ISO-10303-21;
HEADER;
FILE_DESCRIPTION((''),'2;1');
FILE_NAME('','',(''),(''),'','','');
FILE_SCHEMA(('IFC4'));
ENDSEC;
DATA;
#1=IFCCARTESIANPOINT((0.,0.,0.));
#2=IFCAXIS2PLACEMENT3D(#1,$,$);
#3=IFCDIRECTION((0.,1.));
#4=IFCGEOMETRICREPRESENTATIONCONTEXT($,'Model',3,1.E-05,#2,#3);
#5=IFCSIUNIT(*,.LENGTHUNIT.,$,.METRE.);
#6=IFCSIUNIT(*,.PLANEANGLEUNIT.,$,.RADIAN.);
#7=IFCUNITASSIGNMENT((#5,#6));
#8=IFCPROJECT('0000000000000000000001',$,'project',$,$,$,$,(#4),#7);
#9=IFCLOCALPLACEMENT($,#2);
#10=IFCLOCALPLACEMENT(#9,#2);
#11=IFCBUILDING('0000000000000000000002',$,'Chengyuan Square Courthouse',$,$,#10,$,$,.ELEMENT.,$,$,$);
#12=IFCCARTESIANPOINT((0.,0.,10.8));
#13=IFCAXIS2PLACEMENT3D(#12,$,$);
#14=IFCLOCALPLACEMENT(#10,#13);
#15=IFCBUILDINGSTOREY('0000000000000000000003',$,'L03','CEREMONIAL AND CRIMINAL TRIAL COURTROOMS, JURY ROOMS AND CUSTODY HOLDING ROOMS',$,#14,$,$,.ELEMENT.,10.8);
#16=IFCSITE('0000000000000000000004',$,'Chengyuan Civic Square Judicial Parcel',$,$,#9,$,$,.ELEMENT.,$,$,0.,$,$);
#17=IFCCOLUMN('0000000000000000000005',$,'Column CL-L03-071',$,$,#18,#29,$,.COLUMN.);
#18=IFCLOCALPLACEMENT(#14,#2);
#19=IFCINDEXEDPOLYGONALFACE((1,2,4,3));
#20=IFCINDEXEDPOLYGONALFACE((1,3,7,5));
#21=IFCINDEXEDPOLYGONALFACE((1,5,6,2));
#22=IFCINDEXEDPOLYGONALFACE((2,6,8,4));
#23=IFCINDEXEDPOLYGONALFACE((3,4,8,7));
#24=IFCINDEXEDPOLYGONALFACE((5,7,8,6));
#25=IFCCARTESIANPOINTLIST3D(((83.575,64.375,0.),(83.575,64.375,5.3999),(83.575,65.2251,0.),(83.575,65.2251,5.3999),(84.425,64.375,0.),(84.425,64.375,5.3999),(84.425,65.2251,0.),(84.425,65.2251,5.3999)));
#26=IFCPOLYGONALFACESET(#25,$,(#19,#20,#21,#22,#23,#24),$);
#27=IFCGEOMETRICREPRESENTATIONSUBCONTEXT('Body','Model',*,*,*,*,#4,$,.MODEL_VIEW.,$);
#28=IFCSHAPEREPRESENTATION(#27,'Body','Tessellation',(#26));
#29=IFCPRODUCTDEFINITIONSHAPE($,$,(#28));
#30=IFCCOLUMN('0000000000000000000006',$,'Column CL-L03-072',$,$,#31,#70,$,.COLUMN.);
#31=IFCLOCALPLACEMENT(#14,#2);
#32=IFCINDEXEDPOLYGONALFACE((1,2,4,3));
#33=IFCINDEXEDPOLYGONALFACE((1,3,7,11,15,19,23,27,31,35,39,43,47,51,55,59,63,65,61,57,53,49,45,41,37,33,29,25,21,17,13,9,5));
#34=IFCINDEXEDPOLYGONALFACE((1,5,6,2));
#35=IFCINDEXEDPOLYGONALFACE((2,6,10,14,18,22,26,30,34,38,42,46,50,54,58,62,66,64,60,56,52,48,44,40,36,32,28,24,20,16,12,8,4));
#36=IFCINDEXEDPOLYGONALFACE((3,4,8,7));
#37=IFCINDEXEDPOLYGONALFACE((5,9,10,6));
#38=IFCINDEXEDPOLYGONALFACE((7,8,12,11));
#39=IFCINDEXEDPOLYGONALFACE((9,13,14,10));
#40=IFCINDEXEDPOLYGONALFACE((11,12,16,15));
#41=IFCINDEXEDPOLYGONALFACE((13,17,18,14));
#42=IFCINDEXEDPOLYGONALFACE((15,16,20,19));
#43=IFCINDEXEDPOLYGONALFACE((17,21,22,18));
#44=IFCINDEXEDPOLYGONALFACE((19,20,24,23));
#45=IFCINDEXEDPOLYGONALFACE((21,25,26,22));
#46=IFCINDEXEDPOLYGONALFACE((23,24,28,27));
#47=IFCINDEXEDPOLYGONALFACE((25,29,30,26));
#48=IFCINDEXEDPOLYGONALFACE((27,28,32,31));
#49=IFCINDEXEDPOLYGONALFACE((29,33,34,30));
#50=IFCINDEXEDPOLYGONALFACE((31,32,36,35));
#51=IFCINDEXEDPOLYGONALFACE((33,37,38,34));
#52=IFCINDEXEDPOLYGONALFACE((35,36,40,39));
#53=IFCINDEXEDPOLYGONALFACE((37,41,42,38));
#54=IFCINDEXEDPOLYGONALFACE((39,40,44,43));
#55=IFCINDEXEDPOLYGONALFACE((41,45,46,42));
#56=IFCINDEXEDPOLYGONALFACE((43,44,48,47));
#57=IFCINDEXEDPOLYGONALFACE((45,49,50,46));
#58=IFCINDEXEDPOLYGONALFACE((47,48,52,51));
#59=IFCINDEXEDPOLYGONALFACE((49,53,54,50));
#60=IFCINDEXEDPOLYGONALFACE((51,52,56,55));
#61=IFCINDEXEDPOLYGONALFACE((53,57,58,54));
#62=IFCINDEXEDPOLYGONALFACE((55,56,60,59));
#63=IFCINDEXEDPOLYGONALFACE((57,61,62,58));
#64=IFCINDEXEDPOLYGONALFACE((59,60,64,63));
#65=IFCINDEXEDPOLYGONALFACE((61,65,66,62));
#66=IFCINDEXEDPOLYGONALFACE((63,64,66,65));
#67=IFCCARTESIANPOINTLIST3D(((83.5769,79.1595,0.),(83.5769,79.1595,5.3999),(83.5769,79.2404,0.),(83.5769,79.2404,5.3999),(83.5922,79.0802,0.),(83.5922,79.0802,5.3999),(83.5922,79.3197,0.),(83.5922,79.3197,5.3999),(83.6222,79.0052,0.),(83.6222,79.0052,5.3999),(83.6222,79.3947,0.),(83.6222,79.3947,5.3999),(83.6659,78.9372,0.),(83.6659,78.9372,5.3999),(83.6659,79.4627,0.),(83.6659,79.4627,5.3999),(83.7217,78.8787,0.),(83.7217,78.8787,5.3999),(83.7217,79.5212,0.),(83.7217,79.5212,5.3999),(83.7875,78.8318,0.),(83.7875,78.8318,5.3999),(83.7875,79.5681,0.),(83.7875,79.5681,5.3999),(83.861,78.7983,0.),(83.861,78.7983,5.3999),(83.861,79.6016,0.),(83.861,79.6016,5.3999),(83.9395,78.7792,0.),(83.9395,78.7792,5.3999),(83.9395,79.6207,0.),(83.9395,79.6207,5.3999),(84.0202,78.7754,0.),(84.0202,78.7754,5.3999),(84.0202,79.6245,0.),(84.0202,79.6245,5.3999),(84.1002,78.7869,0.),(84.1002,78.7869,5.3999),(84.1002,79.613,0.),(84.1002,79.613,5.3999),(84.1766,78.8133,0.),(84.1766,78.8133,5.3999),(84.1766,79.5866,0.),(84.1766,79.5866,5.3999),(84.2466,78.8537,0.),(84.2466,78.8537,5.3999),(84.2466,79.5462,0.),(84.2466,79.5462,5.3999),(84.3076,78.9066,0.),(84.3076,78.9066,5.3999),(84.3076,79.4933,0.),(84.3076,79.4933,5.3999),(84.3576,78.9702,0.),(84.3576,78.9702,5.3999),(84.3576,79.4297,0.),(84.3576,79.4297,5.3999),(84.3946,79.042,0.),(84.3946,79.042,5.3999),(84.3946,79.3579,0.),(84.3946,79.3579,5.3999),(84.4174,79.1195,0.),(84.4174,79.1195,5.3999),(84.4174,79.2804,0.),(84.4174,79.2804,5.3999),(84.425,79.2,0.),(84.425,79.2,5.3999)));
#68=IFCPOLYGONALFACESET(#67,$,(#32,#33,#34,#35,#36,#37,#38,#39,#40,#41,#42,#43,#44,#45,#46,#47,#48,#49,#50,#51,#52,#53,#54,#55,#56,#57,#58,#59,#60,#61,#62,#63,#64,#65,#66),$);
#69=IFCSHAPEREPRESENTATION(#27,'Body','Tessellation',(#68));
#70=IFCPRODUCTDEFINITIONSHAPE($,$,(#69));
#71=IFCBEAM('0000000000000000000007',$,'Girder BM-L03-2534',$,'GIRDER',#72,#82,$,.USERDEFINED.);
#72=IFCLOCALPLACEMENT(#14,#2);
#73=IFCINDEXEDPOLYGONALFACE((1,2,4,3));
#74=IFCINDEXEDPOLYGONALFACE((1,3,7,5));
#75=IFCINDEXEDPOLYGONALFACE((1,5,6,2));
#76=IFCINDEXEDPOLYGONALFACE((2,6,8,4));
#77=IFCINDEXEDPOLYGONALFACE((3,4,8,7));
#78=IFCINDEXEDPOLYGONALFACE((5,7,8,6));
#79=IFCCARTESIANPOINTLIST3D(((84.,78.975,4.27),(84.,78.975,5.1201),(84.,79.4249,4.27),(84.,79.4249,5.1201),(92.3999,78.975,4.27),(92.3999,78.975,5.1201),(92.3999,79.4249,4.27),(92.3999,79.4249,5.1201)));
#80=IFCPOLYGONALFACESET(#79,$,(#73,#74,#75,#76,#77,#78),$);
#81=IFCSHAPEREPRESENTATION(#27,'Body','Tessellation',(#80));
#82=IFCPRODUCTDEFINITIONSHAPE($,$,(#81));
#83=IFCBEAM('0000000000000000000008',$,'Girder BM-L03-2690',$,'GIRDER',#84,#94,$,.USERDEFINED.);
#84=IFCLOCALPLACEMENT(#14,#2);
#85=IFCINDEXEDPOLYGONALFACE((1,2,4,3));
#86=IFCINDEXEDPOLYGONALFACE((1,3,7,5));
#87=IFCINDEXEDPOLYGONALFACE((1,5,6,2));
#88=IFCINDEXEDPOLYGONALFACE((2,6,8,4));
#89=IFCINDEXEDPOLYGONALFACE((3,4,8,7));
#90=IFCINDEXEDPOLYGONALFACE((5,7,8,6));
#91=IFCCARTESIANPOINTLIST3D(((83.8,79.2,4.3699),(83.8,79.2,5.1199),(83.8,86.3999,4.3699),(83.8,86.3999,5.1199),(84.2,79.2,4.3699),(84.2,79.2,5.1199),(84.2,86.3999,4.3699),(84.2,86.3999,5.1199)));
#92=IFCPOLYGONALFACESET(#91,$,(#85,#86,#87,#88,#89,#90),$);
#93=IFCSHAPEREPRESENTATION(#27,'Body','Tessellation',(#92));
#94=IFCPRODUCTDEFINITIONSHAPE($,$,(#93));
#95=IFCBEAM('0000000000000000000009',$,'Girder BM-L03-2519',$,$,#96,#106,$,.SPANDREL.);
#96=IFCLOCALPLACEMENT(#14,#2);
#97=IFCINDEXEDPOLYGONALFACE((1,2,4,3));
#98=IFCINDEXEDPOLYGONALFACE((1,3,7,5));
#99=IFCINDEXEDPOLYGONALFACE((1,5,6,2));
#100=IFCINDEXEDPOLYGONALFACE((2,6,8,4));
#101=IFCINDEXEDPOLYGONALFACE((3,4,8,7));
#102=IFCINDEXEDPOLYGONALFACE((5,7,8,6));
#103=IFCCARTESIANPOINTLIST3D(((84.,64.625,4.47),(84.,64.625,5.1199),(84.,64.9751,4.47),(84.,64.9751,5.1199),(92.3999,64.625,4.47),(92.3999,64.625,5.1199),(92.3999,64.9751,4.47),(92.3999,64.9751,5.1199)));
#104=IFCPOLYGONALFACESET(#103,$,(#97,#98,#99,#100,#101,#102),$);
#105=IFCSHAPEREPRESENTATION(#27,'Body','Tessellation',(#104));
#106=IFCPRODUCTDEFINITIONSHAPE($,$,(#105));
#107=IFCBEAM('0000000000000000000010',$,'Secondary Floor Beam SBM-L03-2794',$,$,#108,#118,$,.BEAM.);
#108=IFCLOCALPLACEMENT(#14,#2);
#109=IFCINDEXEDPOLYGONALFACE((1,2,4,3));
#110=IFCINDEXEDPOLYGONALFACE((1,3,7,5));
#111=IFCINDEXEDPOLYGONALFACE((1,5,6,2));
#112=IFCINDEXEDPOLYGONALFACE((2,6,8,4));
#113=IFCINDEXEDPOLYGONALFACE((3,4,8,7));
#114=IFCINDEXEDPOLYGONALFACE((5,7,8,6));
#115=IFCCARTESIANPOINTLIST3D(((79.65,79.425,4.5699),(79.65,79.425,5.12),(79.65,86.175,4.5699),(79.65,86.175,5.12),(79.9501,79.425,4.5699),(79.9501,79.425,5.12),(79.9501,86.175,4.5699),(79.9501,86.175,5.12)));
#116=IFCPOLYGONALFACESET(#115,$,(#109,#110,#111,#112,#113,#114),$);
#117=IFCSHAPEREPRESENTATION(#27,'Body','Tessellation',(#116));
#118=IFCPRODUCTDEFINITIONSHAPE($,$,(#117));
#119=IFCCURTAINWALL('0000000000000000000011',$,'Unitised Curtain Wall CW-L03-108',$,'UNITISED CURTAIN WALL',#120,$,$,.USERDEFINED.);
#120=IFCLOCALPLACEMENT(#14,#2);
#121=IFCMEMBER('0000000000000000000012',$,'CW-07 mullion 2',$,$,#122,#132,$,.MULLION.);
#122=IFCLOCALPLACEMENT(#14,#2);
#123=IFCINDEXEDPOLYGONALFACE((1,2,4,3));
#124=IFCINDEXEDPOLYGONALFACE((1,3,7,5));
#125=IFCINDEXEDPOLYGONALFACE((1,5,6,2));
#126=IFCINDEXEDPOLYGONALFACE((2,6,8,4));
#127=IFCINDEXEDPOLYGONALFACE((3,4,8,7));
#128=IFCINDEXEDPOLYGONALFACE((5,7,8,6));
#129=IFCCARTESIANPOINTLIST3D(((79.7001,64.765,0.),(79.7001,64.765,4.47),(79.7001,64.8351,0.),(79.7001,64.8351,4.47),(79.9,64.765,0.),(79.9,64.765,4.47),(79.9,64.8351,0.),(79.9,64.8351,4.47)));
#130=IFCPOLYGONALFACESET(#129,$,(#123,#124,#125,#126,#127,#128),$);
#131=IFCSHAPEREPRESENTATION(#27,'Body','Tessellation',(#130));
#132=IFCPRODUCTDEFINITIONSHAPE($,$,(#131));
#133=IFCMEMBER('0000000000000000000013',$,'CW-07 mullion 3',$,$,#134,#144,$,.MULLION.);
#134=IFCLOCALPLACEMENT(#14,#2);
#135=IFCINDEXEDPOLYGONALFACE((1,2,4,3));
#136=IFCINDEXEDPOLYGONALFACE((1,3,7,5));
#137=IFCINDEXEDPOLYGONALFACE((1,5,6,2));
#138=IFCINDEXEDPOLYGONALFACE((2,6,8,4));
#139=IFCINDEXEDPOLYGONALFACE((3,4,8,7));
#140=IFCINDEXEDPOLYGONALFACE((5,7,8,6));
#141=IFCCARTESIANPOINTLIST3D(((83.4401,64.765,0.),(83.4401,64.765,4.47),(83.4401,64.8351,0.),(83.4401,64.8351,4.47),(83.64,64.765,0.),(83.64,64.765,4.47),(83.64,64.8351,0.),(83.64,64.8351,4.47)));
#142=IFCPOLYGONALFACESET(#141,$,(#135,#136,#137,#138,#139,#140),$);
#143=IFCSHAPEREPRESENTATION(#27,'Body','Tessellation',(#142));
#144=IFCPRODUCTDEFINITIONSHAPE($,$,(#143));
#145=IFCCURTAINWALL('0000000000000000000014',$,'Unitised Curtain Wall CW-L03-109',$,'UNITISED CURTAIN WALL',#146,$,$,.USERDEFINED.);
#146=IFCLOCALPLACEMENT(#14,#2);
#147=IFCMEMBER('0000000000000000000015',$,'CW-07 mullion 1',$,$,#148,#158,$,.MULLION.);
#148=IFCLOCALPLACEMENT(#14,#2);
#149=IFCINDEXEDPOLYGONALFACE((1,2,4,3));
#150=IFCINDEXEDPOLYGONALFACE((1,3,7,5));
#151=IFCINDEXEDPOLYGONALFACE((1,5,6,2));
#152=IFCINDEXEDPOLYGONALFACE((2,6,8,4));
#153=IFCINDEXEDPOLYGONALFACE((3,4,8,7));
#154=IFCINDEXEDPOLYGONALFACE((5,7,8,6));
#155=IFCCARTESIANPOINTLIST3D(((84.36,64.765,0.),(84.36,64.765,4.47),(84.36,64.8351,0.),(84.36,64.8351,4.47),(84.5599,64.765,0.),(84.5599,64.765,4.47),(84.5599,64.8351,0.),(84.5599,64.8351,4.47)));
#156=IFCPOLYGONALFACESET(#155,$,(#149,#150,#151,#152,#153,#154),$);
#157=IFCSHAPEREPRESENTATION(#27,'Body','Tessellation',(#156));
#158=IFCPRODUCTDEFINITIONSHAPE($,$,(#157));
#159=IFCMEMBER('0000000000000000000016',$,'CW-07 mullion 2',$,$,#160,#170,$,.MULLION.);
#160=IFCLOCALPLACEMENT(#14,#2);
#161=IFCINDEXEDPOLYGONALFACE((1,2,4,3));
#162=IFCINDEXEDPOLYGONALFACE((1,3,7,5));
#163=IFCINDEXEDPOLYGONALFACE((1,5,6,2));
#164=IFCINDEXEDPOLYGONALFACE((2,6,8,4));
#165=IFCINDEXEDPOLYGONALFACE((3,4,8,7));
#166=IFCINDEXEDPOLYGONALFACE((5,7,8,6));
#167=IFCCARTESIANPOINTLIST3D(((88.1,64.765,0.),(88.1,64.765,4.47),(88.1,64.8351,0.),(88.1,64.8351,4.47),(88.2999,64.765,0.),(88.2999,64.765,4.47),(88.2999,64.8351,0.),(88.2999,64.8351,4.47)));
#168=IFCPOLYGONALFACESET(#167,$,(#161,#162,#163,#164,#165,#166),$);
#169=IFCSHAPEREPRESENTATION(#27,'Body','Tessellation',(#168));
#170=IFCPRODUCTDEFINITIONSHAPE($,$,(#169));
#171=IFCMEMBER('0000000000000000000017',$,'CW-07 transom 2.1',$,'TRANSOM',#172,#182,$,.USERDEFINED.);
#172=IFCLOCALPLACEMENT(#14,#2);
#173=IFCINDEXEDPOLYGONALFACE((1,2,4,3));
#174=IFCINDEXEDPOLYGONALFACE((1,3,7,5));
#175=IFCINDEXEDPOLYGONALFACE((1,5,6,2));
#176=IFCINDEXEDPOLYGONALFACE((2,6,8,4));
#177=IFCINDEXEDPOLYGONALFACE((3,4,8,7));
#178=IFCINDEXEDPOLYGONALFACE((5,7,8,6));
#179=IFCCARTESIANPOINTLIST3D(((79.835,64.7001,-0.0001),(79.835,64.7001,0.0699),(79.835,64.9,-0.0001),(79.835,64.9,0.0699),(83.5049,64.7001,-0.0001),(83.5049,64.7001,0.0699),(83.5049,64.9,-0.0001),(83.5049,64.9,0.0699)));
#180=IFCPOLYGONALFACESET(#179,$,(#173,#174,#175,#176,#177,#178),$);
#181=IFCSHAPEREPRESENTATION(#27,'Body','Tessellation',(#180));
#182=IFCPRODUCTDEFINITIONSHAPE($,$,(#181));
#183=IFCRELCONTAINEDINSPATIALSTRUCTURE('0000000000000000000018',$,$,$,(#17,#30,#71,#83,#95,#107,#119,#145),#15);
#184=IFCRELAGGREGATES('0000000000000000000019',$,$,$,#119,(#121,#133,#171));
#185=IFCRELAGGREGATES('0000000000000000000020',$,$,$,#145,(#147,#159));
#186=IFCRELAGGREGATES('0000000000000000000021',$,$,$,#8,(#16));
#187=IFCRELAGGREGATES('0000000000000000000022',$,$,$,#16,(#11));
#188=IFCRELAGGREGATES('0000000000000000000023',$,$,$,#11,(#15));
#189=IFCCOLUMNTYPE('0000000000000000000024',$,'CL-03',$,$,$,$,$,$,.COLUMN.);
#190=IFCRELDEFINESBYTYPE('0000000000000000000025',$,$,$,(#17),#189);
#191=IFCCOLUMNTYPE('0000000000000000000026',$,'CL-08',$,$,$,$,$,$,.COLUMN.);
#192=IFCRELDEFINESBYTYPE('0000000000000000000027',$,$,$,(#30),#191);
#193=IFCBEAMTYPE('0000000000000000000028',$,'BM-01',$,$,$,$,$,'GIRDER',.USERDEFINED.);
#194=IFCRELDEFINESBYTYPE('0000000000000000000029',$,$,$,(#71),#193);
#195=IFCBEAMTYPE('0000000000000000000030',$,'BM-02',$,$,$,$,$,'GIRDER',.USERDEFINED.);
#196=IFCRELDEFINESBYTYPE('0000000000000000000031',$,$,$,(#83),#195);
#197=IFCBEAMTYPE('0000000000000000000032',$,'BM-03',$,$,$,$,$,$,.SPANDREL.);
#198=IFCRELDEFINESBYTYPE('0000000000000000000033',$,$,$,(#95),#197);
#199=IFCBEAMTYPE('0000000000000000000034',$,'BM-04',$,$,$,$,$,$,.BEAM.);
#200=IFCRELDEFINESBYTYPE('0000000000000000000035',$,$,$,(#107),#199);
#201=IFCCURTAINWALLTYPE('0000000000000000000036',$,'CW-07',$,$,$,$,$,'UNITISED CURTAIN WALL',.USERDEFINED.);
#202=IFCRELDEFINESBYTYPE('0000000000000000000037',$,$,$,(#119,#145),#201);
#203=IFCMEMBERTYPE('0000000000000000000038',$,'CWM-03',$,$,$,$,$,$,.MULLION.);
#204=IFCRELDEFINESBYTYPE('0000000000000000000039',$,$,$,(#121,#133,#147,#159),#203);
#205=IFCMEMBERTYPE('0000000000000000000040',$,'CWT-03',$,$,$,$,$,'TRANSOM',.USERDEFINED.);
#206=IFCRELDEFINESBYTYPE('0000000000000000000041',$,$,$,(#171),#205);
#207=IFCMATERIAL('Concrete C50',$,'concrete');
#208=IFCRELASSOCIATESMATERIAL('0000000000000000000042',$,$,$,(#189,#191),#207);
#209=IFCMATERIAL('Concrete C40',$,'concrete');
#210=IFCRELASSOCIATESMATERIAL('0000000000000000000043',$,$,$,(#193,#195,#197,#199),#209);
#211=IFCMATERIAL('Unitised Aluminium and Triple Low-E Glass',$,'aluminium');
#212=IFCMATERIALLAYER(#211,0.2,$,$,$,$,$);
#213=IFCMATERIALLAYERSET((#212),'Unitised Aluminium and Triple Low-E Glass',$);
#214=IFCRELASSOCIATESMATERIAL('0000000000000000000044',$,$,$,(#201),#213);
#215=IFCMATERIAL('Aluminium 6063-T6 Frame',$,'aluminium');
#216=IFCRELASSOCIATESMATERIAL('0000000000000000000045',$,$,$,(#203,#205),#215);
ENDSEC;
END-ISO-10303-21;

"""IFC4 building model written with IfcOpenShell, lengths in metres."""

from ifc_helpers import new_model, si_unit, direction, frame, origin, origin_2d, place, context, subcontext, project, spatial, rectangle, circle, extrude, material, layer, layer_set, material_profile, profile_set, type_object, element, aggregate, save


model = new_model("IFC4")

# Units and contexts
model_context = context("Model", 3, precision=1e-05, world=origin(), true_north=direction((0.0, 1.0)))
body_context = subcontext(model_context, "Body", "Model", "MODEL_VIEW")
ifc_project = project(units=[si_unit("LENGTHUNIT", "METRE"), si_unit("PLANEANGLEUNIT", "RADIAN")], contexts=[model_context])

# Site, building, storey
site_placement = place(None, origin())
site = spatial("IfcSite", under=ifc_project, at=site_placement, Name="Chengyuan Civic Square Judicial Parcel", CompositionType="ELEMENT", RefElevation=0.0)
building_placement = place(site_placement, origin())
building = spatial("IfcBuilding", under=site, at=building_placement, Name="Chengyuan Square Courthouse", CompositionType="ELEMENT")
storey_placement = place(building_placement, frame((0.0, 0.0, 10.8)))
storey = spatial("IfcBuildingStorey", under=building, at=storey_placement, Name="L03", Description="CEREMONIAL AND CRIMINAL TRIAL COURTROOMS, JURY ROOMS AND CUSTODY HOLDING ROOMS", CompositionType="ELEMENT", Elevation=10.8)

# Columns
ifc_material_1 = material(Name="Concrete C50", Category="concrete")
ifc_material_profile_1 = material_profile(ifc_material_1, rectangle(XDim=0.8501, YDim=0.8501, at=origin_2d()), Name="RC-COL-850x850")
ifc_profile_set_1 = profile_set([ifc_material_profile_1], Name="Concrete C50")
column_type_1 = type_object("IfcColumnType", Name="CL-03", PredefinedType="COLUMN", material=ifc_profile_set_1)
column_1_placement = place(storey_placement, frame((84.0, 64.8, 0.0), z_axis=(0.0, 0.0, 1.0), x_axis=(1.0, 0.0, 0.0)))
element("IfcColumn", 1, at=column_1_placement, inside=storey, type_object=column_type_1, Name="Column CL-L03-071", PredefinedType="COLUMN", context=body_context, shape_type="SweptSolid", body=[
    extrude(rectangle(XDim=0.8501, YDim=0.8501, at=origin_2d()), origin(), (0.0, 0.0, 1.0), 5.3999),
])
ifc_material_profile_2 = material_profile(ifc_material_1, circle(Radius=0.425, at=origin_2d()), Name="RC-COL-D850")
ifc_profile_set_2 = profile_set([ifc_material_profile_2], Name="Concrete C50")
column_type_2 = type_object("IfcColumnType", Name="CL-08", PredefinedType="COLUMN", material=ifc_profile_set_2)
column_2_placement = place(storey_placement, frame((84.0, 79.2, 0.0), z_axis=(0.0, 0.0, 1.0), x_axis=(1.0, 0.0, 0.0)))
element("IfcColumn", 2, at=column_2_placement, inside=storey, type_object=column_type_2, Name="Column CL-L03-072", PredefinedType="COLUMN", context=body_context, shape_type="SweptSolid", body=[
    extrude(circle(Radius=0.425, at=origin_2d()), origin(), (0.0, 0.0, 1.0), 5.3999),
])

# Beams
ifc_material_2 = material(Name="Concrete C40", Category="concrete")
ifc_material_profile_3 = material_profile(ifc_material_2, rectangle(XDim=0.45, YDim=0.8501, at=origin_2d()), Name="RC-BM-450x850")
ifc_profile_set_3 = profile_set([ifc_material_profile_3], Name="Concrete C40")
beam_type_1 = type_object("IfcBeamType", Name="BM-01", ElementType="GIRDER", PredefinedType="USERDEFINED", material=ifc_profile_set_3)
beam_1_placement = place(storey_placement, frame((84.0, 79.2, 4.6951), z_axis=(1.0, 0.0, 0.0), x_axis=(0.0, 1.0, 0.0)))
element("IfcBeam", 3, at=beam_1_placement, inside=storey, type_object=beam_type_1, Name="Girder BM-L03-2534", ObjectType="GIRDER", PredefinedType="USERDEFINED", context=body_context, shape_type="SweptSolid", body=[
    extrude(rectangle(XDim=0.45, YDim=0.8501, at=origin_2d()), origin(), (0.0, 0.0, 1.0), 8.3999),
])
ifc_material_profile_4 = material_profile(ifc_material_2, rectangle(XDim=0.3999, YDim=0.75, at=origin_2d()), Name="RC-BM-400x750")
ifc_profile_set_4 = profile_set([ifc_material_profile_4], Name="Concrete C40")
beam_type_2 = type_object("IfcBeamType", Name="BM-02", ElementType="GIRDER", PredefinedType="USERDEFINED", material=ifc_profile_set_4)
beam_2_placement = place(storey_placement, frame((84.0, 79.2, 4.7449), z_axis=(0.0, 1.0, 0.0), x_axis=(-1.0, 0.0, 0.0)))
element("IfcBeam", 4, at=beam_2_placement, inside=storey, type_object=beam_type_2, Name="Girder BM-L03-2690", ObjectType="GIRDER", PredefinedType="USERDEFINED", context=body_context, shape_type="SweptSolid", body=[
    extrude(rectangle(XDim=0.3999, YDim=0.75, at=origin_2d()), origin(), (0.0, 0.0, 1.0), 7.2),
])
ifc_material_profile_5 = material_profile(ifc_material_2, rectangle(XDim=0.3501, YDim=0.6499, at=origin_2d()), Name="RC-BM-350x650")
ifc_profile_set_5 = profile_set([ifc_material_profile_5], Name="Concrete C40")
beam_type_3 = type_object("IfcBeamType", Name="BM-03", PredefinedType="SPANDREL", material=ifc_profile_set_5)
beam_3_placement = place(storey_placement, frame((84.0, 64.8, 4.7949), z_axis=(1.0, 0.0, 0.0), x_axis=(0.0, 1.0, 0.0)))
element("IfcBeam", 5, at=beam_3_placement, inside=storey, type_object=beam_type_3, Name="Girder BM-L03-2519", PredefinedType="SPANDREL", context=body_context, shape_type="SweptSolid", body=[
    extrude(rectangle(XDim=0.3501, YDim=0.6499, at=origin_2d()), origin(), (0.0, 0.0, 1.0), 8.3999),
])
ifc_material_profile_6 = material_profile(ifc_material_2, rectangle(XDim=0.3, YDim=0.55, at=origin_2d()), Name="RC-BM-300x550")
ifc_profile_set_6 = profile_set([ifc_material_profile_6], Name="Concrete C40")
beam_type_4 = type_object("IfcBeamType", Name="BM-04", PredefinedType="BEAM", material=ifc_profile_set_6)
beam_4_placement = place(storey_placement, frame((79.8, 79.425, 4.845), z_axis=(0.0, 1.0, 0.0), x_axis=(-1.0, 0.0, 0.0)))
element("IfcBeam", 6, at=beam_4_placement, inside=storey, type_object=beam_type_4, Name="Secondary Floor Beam SBM-L03-2794", PredefinedType="BEAM", context=body_context, shape_type="SweptSolid", body=[
    extrude(rectangle(XDim=0.3, YDim=0.55, at=origin_2d()), origin(), (0.0, 0.0, 1.0), 6.75),
])

# Curtain walls, members
ifc_material_3 = material(Name="Unitised Aluminium and Triple Low-E Glass", Category="aluminium")
ifc_layer_1 = layer(ifc_material_3, 0.2)
ifc_layer_set_1 = layer_set([ifc_layer_1], Name="Unitised Aluminium and Triple Low-E Glass")
curtain_wall_type = type_object("IfcCurtainWallType", Name="CW-07", ElementType="UNITISED CURTAIN WALL", PredefinedType="USERDEFINED", material=ifc_layer_set_1)
curtain_wall_1_placement = place(storey_placement, origin())
curtain_wall_1 = element("IfcCurtainWall", 7, at=curtain_wall_1_placement, inside=storey, type_object=curtain_wall_type, Name="Unitised Curtain Wall CW-L03-108", ObjectType="UNITISED CURTAIN WALL", PredefinedType="USERDEFINED")
ifc_material_4 = material(Name="Aluminium 6063-T6 Frame", Category="aluminium")
ifc_material_profile_7 = material_profile(ifc_material_4, rectangle(XDim=0.0701, YDim=0.2, at=origin_2d()), Name="CW-MUL-70x200")
ifc_profile_set_7 = profile_set([ifc_material_profile_7], Name="Aluminium 6063-T6 Frame")
member_type_1 = type_object("IfcMemberType", Name="CWM-03", PredefinedType="MULLION", material=ifc_profile_set_7)
member_1_placement = place(storey_placement, frame((79.8, 64.8, 0.0), z_axis=(0.0, 0.0, 1.0), x_axis=(0.0, 1.0, 0.0)))
member_1 = element("IfcMember", 8, at=member_1_placement, type_object=member_type_1, Name="CW-07 mullion 2", PredefinedType="MULLION", context=body_context, shape_type="SweptSolid", body=[
    extrude(rectangle(XDim=0.0701, YDim=0.2, at=origin_2d()), origin(), (0.0, 0.0, 1.0), 4.47),
])
member_2_placement = place(storey_placement, frame((83.54, 64.8, 0.0), z_axis=(0.0, 0.0, 1.0), x_axis=(0.0, 1.0, 0.0)))
member_2 = element("IfcMember", 9, at=member_2_placement, type_object=member_type_1, Name="CW-07 mullion 3", PredefinedType="MULLION", context=body_context, shape_type="SweptSolid", body=[
    extrude(rectangle(XDim=0.0701, YDim=0.2, at=origin_2d()), origin(), (0.0, 0.0, 1.0), 4.47),
])
curtain_wall_2_placement = place(storey_placement, origin())
curtain_wall_2 = element("IfcCurtainWall", 10, at=curtain_wall_2_placement, inside=storey, type_object=curtain_wall_type, Name="Unitised Curtain Wall CW-L03-109", ObjectType="UNITISED CURTAIN WALL", PredefinedType="USERDEFINED")
member_3_placement = place(storey_placement, frame((84.46, 64.8, 0.0), z_axis=(0.0, 0.0, 1.0), x_axis=(0.0, 1.0, 0.0)))
member_3 = element("IfcMember", 11, at=member_3_placement, type_object=member_type_1, Name="CW-07 mullion 1", PredefinedType="MULLION", context=body_context, shape_type="SweptSolid", body=[
    extrude(rectangle(XDim=0.0701, YDim=0.2, at=origin_2d()), origin(), (0.0, 0.0, 1.0), 4.47),
])
member_4_placement = place(storey_placement, frame((88.2, 64.8, 0.0), z_axis=(0.0, 0.0, 1.0), x_axis=(0.0, 1.0, 0.0)))
member_4 = element("IfcMember", 12, at=member_4_placement, type_object=member_type_1, Name="CW-07 mullion 2", PredefinedType="MULLION", context=body_context, shape_type="SweptSolid", body=[
    extrude(rectangle(XDim=0.0701, YDim=0.2, at=origin_2d()), origin(), (0.0, 0.0, 1.0), 4.47),
])

# Member
ifc_material_profile_8 = material_profile(ifc_material_4, rectangle(XDim=0.2, YDim=0.0701, at=origin_2d()), Name="CW-TRN-70x160")
ifc_profile_set_8 = profile_set([ifc_material_profile_8], Name="Aluminium 6063-T6 Frame")
member_type_2 = type_object("IfcMemberType", Name="CWT-03", ElementType="TRANSOM", PredefinedType="USERDEFINED", material=ifc_profile_set_8)
member_5_placement = place(storey_placement, frame((79.835, 64.8, 0.0349), z_axis=(1.0, 0.0, 0.0), x_axis=(0.0, 1.0, 0.0)))
member_5 = element("IfcMember", 13, at=member_5_placement, type_object=member_type_2, Name="CW-07 transom 2.1", ObjectType="TRANSOM", PredefinedType="USERDEFINED", context=body_context, shape_type="SweptSolid", body=[
    extrude(rectangle(XDim=0.2, YDim=0.0701, at=origin_2d()), origin(), (0.0, 0.0, 1.0), 3.6699),
])

aggregate(curtain_wall_1, [member_1, member_2, member_5])
aggregate(curtain_wall_2, [member_3, member_4])

save(model, "model.ifc")
